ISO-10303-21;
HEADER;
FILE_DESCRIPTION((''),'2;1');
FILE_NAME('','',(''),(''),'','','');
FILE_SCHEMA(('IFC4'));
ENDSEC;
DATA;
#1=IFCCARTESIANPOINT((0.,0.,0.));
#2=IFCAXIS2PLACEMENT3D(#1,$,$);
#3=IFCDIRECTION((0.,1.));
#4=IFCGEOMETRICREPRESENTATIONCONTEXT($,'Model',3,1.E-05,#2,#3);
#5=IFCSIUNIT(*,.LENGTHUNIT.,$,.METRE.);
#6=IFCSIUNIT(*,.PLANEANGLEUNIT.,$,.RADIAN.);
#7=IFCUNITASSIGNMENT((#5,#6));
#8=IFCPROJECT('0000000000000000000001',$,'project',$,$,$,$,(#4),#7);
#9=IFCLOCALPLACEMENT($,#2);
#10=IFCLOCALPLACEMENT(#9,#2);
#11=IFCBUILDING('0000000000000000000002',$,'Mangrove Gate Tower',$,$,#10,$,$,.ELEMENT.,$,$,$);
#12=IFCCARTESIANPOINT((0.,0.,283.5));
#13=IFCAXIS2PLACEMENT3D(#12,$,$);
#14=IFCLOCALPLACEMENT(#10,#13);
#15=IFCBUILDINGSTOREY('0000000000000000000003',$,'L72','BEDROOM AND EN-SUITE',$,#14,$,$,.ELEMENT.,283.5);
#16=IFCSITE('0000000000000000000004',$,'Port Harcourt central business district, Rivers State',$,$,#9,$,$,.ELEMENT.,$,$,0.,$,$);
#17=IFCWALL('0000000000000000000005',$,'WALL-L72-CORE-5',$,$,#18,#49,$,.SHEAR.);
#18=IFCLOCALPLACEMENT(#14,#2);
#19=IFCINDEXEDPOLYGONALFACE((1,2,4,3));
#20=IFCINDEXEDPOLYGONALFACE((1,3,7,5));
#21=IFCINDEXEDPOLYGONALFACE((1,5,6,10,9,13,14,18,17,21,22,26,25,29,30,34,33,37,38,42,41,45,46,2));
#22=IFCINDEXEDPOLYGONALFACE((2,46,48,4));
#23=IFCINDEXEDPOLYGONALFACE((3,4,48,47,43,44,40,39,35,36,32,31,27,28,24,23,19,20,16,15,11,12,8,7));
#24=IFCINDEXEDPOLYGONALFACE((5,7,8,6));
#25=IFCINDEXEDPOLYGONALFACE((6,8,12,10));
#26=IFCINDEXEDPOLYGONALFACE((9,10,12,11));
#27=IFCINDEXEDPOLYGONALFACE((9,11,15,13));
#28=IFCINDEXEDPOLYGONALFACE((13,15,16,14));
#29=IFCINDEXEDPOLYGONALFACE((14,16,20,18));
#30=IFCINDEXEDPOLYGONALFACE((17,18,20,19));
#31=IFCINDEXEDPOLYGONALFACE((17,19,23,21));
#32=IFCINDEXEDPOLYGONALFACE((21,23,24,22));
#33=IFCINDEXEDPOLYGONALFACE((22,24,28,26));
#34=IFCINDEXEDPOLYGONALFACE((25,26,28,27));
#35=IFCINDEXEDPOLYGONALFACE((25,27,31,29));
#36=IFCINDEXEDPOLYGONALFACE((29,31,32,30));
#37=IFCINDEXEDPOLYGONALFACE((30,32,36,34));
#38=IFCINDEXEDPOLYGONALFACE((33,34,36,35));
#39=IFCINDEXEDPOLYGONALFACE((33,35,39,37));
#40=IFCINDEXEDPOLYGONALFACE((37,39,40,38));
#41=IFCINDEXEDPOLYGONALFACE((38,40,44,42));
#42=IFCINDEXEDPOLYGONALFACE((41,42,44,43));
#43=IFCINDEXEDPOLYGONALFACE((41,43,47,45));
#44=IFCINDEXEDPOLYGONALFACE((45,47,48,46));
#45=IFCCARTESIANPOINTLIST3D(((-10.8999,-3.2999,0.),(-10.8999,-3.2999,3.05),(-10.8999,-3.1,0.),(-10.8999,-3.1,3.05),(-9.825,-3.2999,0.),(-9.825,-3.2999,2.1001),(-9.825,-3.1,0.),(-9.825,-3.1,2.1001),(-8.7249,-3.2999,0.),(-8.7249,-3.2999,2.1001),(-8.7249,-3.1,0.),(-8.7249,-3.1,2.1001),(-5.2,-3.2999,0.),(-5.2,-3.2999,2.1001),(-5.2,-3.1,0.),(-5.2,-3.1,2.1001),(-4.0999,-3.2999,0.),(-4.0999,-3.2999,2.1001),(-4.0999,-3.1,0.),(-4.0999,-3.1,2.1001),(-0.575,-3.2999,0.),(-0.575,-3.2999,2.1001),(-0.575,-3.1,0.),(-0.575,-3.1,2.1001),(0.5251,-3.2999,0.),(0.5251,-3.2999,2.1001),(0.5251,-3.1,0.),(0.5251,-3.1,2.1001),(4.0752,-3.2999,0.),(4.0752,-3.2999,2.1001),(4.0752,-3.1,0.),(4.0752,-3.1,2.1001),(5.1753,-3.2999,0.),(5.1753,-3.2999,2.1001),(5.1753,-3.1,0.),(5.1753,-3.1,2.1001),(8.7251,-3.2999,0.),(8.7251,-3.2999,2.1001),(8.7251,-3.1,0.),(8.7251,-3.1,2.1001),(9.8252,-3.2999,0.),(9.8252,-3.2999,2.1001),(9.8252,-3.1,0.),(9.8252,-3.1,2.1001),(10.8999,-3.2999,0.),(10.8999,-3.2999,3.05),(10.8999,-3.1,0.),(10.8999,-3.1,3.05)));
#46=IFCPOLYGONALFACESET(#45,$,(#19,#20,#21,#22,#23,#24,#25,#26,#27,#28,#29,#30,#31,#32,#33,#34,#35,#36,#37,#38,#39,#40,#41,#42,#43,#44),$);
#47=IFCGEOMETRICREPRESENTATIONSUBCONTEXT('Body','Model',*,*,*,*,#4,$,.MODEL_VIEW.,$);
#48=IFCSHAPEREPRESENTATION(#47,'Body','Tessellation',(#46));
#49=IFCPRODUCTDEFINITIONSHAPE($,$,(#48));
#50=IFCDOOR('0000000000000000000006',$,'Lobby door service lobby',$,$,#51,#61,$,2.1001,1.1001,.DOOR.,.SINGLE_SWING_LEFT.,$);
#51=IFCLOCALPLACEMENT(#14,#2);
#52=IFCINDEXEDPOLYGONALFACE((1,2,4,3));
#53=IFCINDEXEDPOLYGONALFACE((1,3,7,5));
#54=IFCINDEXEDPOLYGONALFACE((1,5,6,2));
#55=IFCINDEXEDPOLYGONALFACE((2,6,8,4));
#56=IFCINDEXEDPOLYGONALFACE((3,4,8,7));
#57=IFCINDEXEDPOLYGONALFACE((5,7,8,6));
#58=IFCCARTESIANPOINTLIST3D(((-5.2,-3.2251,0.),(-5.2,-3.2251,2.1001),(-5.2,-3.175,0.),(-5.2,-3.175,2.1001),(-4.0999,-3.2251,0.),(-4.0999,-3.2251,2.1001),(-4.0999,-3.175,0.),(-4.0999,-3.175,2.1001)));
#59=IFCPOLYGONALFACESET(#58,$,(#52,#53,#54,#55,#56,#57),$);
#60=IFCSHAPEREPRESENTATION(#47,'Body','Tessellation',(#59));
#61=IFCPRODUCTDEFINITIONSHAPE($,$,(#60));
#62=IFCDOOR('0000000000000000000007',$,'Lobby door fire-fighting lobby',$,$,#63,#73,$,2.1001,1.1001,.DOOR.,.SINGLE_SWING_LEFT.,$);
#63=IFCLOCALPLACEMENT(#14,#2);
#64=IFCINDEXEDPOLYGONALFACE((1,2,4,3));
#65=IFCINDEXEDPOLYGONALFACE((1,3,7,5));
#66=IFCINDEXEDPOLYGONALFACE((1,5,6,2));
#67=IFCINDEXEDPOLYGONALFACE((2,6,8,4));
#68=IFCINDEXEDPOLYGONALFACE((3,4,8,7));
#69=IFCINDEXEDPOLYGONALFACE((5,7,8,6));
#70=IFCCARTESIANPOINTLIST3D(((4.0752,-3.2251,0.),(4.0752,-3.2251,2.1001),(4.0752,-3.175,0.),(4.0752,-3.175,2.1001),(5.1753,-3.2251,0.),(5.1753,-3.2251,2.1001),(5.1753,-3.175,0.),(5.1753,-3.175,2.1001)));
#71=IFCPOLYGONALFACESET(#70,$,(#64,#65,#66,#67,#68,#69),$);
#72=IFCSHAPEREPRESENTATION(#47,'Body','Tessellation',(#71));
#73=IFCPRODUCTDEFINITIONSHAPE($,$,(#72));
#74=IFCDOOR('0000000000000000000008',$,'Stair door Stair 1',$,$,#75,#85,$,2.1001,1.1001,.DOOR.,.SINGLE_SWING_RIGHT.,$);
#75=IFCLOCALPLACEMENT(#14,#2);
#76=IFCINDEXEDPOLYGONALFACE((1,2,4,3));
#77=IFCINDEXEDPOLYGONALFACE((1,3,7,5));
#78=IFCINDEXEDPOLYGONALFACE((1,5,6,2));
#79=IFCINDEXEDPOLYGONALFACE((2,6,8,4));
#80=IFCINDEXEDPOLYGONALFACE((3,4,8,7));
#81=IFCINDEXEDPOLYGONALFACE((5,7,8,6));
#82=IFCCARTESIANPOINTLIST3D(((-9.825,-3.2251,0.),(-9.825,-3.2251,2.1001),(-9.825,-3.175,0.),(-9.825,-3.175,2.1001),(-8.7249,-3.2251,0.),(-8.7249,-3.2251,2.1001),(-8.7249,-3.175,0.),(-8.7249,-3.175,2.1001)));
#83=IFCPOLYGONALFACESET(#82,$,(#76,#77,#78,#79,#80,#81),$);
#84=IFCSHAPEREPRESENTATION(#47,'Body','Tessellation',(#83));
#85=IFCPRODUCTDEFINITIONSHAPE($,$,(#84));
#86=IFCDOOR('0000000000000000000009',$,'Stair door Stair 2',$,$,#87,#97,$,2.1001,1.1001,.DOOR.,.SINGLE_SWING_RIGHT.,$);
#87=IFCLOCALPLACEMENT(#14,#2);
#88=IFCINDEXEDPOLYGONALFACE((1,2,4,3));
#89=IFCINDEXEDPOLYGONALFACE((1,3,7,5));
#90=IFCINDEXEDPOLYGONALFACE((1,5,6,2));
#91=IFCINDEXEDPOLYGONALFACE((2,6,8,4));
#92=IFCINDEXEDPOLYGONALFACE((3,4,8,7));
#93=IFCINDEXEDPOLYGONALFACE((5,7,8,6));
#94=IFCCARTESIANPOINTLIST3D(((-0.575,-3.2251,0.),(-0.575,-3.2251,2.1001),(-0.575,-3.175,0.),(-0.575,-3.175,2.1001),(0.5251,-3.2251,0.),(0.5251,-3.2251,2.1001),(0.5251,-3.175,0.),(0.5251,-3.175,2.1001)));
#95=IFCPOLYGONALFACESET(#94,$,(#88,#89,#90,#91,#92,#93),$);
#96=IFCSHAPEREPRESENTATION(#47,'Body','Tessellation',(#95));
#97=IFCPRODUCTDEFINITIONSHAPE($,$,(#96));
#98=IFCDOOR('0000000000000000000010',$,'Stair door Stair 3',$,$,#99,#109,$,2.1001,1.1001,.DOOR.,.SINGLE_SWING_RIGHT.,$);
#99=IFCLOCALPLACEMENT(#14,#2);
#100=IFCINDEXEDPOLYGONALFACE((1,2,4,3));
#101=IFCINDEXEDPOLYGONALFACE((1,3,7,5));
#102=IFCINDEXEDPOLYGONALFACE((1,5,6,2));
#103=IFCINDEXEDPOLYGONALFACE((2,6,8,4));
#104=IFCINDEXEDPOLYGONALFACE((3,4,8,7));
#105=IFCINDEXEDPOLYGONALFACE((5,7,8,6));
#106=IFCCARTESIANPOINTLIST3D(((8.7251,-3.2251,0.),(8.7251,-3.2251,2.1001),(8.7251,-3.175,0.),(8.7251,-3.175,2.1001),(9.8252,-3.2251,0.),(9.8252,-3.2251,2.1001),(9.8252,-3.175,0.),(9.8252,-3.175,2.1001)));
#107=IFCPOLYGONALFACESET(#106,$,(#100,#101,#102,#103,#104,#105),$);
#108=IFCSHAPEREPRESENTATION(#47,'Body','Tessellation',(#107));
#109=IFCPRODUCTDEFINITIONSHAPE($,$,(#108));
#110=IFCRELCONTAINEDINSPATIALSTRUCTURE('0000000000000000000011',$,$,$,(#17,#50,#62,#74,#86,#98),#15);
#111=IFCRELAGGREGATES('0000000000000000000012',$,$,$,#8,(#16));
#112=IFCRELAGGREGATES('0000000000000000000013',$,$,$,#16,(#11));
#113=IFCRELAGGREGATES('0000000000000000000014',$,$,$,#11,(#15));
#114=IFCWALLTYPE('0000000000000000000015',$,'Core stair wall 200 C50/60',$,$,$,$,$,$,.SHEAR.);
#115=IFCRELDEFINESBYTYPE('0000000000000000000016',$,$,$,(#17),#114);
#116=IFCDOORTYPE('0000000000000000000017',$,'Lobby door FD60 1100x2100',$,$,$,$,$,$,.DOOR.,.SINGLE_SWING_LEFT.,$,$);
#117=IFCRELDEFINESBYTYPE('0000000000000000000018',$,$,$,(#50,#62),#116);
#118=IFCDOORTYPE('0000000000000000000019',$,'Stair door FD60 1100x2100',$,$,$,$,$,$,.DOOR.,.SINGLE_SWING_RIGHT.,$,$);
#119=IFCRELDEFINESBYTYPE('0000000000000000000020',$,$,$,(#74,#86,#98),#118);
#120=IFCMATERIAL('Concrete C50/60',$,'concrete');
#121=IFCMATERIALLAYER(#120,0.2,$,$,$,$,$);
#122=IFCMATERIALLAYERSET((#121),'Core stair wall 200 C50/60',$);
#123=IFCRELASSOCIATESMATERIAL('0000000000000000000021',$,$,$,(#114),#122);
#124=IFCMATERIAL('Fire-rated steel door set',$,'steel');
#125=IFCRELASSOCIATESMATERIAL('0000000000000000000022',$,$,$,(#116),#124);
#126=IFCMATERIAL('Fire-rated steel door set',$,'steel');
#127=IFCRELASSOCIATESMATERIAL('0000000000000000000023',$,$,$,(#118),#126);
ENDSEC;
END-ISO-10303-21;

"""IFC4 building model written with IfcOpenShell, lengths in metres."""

from ifc_helpers import new_model, si_unit, direction, frame, frame_2d, origin, place, context, subcontext, project, spatial, rectangle, extrude, material, layer, layer_set, type_object, element, fill, save


model = new_model("IFC4")

# Units and contexts
model_context = context("Model", 3, precision=1e-05, world=origin(), true_north=direction((0.0, 1.0)))
body_context = subcontext(model_context, "Body", "Model", "MODEL_VIEW")
ifc_project = project(units=[si_unit("LENGTHUNIT", "METRE"), si_unit("PLANEANGLEUNIT", "RADIAN")], contexts=[model_context])

# Site, building, storey
site_placement = place(None, origin())
site = spatial("IfcSite", under=ifc_project, at=site_placement, Name="Port Harcourt central business district, Rivers State", CompositionType="ELEMENT", RefElevation=0.0)
building_placement = place(site_placement, origin())
building = spatial("IfcBuilding", under=site, at=building_placement, Name="Mangrove Gate Tower", CompositionType="ELEMENT")
storey_placement = place(building_placement, frame((0.0, 0.0, 283.5)))
storey = spatial("IfcBuildingStorey", under=building, at=storey_placement, Name="L72", Description="BEDROOM AND EN-SUITE", CompositionType="ELEMENT", Elevation=283.5)

# Wall, openings, doors
ifc_material_1 = material(Name="Concrete C50/60", Category="concrete")
ifc_layer_1 = layer(ifc_material_1, 0.2)
ifc_layer_set_1 = layer_set([ifc_layer_1], Name="Core stair wall 200 C50/60")
wall_type_1 = type_object("IfcWallType", Name="Core stair wall 200 C50/60", PredefinedType="SHEAR", material=ifc_layer_set_1)
wall_1_placement = place(storey_placement, frame((-10.8999, -3.2, 0.0), z_axis=(0.0, 0.0, 1.0), x_axis=(1.0, 0.0, 0.0)))
wall_1 = element("IfcWall", 1, at=wall_1_placement, inside=storey, type_object=wall_type_1, Name="WALL-L72-CORE-5", PredefinedType="SHEAR", context=body_context, shape_type="SweptSolid", body=[
    extrude(rectangle(XDim=21.7998, YDim=0.2, at=frame_2d((10.8999, 0.0))), origin(), (0.0, 0.0, 1.0), 3.05),
])
opening_1_placement = place(wall_1_placement, frame((1.075, 0.0, 0.0)))
opening_1 = element("IfcOpeningElement", 2, at=opening_1_placement, cuts=wall_1, PredefinedType="OPENING", context=body_context, shape_type="SweptSolid", body=[
    extrude(rectangle(XDim=1.1001, YDim=2.1001, at=frame_2d((0.55, 1.05))), frame((0.0, 0.1099, 0.0), z_axis=(0.0, -1.0, 0.0), x_axis=(1.0, 0.0, 0.0)), (0.0, 0.0, 1.0), 0.22),
])
opening_2_placement = place(wall_1_placement, frame((10.325, 0.0, 0.0)))
opening_2 = element("IfcOpeningElement", 3, at=opening_2_placement, cuts=wall_1, PredefinedType="OPENING", context=body_context, shape_type="SweptSolid", body=[
    extrude(rectangle(XDim=1.1001, YDim=2.1001, at=frame_2d((0.55, 1.05))), frame((0.0, 0.1099, 0.0), z_axis=(0.0, -1.0, 0.0), x_axis=(1.0, 0.0, 0.0)), (0.0, 0.0, 1.0), 0.22),
])
opening_3_placement = place(wall_1_placement, frame((19.625, 0.0, 0.0)))
opening_3 = element("IfcOpeningElement", 4, at=opening_3_placement, cuts=wall_1, PredefinedType="OPENING", context=body_context, shape_type="SweptSolid", body=[
    extrude(rectangle(XDim=1.1001, YDim=2.1001, at=frame_2d((0.55, 1.05))), frame((0.0, 0.1099, 0.0), z_axis=(0.0, -1.0, 0.0), x_axis=(1.0, 0.0, 0.0)), (0.0, 0.0, 1.0), 0.22),
])
opening_4_placement = place(wall_1_placement, frame((5.7, 0.0, 0.0)))
opening_4 = element("IfcOpeningElement", 5, at=opening_4_placement, cuts=wall_1, PredefinedType="OPENING", context=body_context, shape_type="SweptSolid", body=[
    extrude(rectangle(XDim=1.1001, YDim=2.1001, at=frame_2d((0.55, 1.05))), frame((0.0, 0.1099, 0.0), z_axis=(0.0, -1.0, 0.0), x_axis=(1.0, 0.0, 0.0)), (0.0, 0.0, 1.0), 0.22),
])
opening_5_placement = place(wall_1_placement, frame((14.9751, 0.0, 0.0)))
opening_5 = element("IfcOpeningElement", 6, at=opening_5_placement, cuts=wall_1, PredefinedType="OPENING", context=body_context, shape_type="SweptSolid", body=[
    extrude(rectangle(XDim=1.1001, YDim=2.1001, at=frame_2d((0.55, 1.05))), frame((0.0, 0.1099, 0.0), z_axis=(0.0, -1.0, 0.0), x_axis=(1.0, 0.0, 0.0)), (0.0, 0.0, 1.0), 0.22),
])
ifc_material_2 = material(Name="Fire-rated steel door set", Category="steel")
door_type_1 = type_object("IfcDoorType", Name="Lobby door FD60 1100x2100", OperationType="SINGLE_SWING_LEFT", PredefinedType="DOOR", material=ifc_material_2)
door_1_placement = place(opening_4_placement, origin())
door_1 = element("IfcDoor", 7, at=door_1_placement, inside=storey, type_object=door_type_1, Name="Lobby door service lobby", OperationType="SINGLE_SWING_LEFT", OverallHeight=2.1001, OverallWidth=1.1001, PredefinedType="DOOR", context=body_context, shape_type="SweptSolid", body=[
    extrude(rectangle(XDim=1.1001, YDim=2.1001, at=frame_2d((0.55, 1.05))), frame((0.0, 0.0249, 0.0), z_axis=(0.0, -1.0, 0.0), x_axis=(1.0, 0.0, 0.0)), (0.0, 0.0, 1.0), 0.05),
])
fill(opening_4, door_1)
door_2_placement = place(opening_5_placement, origin())
door_2 = element("IfcDoor", 8, at=door_2_placement, inside=storey, type_object=door_type_1, Name="Lobby door fire-fighting lobby", OperationType="SINGLE_SWING_LEFT", OverallHeight=2.1001, OverallWidth=1.1001, PredefinedType="DOOR", context=body_context, shape_type="SweptSolid", body=[
    extrude(rectangle(XDim=1.1001, YDim=2.1001, at=frame_2d((0.55, 1.05))), frame((0.0, 0.0249, 0.0), z_axis=(0.0, -1.0, 0.0), x_axis=(1.0, 0.0, 0.0)), (0.0, 0.0, 1.0), 0.05),
])
fill(opening_5, door_2)
ifc_material_3 = material(Name="Fire-rated steel door set", Category="steel")
door_type_2 = type_object("IfcDoorType", Name="Stair door FD60 1100x2100", OperationType="SINGLE_SWING_RIGHT", PredefinedType="DOOR", material=ifc_material_3)
door_3_placement = place(opening_1_placement, origin())
door_3 = element("IfcDoor", 9, at=door_3_placement, inside=storey, type_object=door_type_2, Name="Stair door Stair 1", OperationType="SINGLE_SWING_RIGHT", OverallHeight=2.1001, OverallWidth=1.1001, PredefinedType="DOOR", context=body_context, shape_type="SweptSolid", body=[
    extrude(rectangle(XDim=1.1001, YDim=2.1001, at=frame_2d((0.55, 1.05))), frame((0.0, 0.0249, 0.0), z_axis=(0.0, -1.0, 0.0), x_axis=(1.0, 0.0, 0.0)), (0.0, 0.0, 1.0), 0.05),
])
fill(opening_1, door_3)
door_4_placement = place(opening_2_placement, origin())
door_4 = element("IfcDoor", 10, at=door_4_placement, inside=storey, type_object=door_type_2, Name="Stair door Stair 2", OperationType="SINGLE_SWING_RIGHT", OverallHeight=2.1001, OverallWidth=1.1001, PredefinedType="DOOR", context=body_context, shape_type="SweptSolid", body=[
    extrude(rectangle(XDim=1.1001, YDim=2.1001, at=frame_2d((0.55, 1.05))), frame((0.0, 0.0249, 0.0), z_axis=(0.0, -1.0, 0.0), x_axis=(1.0, 0.0, 0.0)), (0.0, 0.0, 1.0), 0.05),
])
fill(opening_2, door_4)
door_5_placement = place(opening_3_placement, origin())
door_5 = element("IfcDoor", 11, at=door_5_placement, inside=storey, type_object=door_type_2, Name="Stair door Stair 3", OperationType="SINGLE_SWING_RIGHT", OverallHeight=2.1001, OverallWidth=1.1001, PredefinedType="DOOR", context=body_context, shape_type="SweptSolid", body=[
    extrude(rectangle(XDim=1.1001, YDim=2.1001, at=frame_2d((0.55, 1.05))), frame((0.0, 0.0249, 0.0), z_axis=(0.0, -1.0, 0.0), x_axis=(1.0, 0.0, 0.0)), (0.0, 0.0, 1.0), 0.05),
])
fill(opening_3, door_5)

save(model, "model.ifc")
